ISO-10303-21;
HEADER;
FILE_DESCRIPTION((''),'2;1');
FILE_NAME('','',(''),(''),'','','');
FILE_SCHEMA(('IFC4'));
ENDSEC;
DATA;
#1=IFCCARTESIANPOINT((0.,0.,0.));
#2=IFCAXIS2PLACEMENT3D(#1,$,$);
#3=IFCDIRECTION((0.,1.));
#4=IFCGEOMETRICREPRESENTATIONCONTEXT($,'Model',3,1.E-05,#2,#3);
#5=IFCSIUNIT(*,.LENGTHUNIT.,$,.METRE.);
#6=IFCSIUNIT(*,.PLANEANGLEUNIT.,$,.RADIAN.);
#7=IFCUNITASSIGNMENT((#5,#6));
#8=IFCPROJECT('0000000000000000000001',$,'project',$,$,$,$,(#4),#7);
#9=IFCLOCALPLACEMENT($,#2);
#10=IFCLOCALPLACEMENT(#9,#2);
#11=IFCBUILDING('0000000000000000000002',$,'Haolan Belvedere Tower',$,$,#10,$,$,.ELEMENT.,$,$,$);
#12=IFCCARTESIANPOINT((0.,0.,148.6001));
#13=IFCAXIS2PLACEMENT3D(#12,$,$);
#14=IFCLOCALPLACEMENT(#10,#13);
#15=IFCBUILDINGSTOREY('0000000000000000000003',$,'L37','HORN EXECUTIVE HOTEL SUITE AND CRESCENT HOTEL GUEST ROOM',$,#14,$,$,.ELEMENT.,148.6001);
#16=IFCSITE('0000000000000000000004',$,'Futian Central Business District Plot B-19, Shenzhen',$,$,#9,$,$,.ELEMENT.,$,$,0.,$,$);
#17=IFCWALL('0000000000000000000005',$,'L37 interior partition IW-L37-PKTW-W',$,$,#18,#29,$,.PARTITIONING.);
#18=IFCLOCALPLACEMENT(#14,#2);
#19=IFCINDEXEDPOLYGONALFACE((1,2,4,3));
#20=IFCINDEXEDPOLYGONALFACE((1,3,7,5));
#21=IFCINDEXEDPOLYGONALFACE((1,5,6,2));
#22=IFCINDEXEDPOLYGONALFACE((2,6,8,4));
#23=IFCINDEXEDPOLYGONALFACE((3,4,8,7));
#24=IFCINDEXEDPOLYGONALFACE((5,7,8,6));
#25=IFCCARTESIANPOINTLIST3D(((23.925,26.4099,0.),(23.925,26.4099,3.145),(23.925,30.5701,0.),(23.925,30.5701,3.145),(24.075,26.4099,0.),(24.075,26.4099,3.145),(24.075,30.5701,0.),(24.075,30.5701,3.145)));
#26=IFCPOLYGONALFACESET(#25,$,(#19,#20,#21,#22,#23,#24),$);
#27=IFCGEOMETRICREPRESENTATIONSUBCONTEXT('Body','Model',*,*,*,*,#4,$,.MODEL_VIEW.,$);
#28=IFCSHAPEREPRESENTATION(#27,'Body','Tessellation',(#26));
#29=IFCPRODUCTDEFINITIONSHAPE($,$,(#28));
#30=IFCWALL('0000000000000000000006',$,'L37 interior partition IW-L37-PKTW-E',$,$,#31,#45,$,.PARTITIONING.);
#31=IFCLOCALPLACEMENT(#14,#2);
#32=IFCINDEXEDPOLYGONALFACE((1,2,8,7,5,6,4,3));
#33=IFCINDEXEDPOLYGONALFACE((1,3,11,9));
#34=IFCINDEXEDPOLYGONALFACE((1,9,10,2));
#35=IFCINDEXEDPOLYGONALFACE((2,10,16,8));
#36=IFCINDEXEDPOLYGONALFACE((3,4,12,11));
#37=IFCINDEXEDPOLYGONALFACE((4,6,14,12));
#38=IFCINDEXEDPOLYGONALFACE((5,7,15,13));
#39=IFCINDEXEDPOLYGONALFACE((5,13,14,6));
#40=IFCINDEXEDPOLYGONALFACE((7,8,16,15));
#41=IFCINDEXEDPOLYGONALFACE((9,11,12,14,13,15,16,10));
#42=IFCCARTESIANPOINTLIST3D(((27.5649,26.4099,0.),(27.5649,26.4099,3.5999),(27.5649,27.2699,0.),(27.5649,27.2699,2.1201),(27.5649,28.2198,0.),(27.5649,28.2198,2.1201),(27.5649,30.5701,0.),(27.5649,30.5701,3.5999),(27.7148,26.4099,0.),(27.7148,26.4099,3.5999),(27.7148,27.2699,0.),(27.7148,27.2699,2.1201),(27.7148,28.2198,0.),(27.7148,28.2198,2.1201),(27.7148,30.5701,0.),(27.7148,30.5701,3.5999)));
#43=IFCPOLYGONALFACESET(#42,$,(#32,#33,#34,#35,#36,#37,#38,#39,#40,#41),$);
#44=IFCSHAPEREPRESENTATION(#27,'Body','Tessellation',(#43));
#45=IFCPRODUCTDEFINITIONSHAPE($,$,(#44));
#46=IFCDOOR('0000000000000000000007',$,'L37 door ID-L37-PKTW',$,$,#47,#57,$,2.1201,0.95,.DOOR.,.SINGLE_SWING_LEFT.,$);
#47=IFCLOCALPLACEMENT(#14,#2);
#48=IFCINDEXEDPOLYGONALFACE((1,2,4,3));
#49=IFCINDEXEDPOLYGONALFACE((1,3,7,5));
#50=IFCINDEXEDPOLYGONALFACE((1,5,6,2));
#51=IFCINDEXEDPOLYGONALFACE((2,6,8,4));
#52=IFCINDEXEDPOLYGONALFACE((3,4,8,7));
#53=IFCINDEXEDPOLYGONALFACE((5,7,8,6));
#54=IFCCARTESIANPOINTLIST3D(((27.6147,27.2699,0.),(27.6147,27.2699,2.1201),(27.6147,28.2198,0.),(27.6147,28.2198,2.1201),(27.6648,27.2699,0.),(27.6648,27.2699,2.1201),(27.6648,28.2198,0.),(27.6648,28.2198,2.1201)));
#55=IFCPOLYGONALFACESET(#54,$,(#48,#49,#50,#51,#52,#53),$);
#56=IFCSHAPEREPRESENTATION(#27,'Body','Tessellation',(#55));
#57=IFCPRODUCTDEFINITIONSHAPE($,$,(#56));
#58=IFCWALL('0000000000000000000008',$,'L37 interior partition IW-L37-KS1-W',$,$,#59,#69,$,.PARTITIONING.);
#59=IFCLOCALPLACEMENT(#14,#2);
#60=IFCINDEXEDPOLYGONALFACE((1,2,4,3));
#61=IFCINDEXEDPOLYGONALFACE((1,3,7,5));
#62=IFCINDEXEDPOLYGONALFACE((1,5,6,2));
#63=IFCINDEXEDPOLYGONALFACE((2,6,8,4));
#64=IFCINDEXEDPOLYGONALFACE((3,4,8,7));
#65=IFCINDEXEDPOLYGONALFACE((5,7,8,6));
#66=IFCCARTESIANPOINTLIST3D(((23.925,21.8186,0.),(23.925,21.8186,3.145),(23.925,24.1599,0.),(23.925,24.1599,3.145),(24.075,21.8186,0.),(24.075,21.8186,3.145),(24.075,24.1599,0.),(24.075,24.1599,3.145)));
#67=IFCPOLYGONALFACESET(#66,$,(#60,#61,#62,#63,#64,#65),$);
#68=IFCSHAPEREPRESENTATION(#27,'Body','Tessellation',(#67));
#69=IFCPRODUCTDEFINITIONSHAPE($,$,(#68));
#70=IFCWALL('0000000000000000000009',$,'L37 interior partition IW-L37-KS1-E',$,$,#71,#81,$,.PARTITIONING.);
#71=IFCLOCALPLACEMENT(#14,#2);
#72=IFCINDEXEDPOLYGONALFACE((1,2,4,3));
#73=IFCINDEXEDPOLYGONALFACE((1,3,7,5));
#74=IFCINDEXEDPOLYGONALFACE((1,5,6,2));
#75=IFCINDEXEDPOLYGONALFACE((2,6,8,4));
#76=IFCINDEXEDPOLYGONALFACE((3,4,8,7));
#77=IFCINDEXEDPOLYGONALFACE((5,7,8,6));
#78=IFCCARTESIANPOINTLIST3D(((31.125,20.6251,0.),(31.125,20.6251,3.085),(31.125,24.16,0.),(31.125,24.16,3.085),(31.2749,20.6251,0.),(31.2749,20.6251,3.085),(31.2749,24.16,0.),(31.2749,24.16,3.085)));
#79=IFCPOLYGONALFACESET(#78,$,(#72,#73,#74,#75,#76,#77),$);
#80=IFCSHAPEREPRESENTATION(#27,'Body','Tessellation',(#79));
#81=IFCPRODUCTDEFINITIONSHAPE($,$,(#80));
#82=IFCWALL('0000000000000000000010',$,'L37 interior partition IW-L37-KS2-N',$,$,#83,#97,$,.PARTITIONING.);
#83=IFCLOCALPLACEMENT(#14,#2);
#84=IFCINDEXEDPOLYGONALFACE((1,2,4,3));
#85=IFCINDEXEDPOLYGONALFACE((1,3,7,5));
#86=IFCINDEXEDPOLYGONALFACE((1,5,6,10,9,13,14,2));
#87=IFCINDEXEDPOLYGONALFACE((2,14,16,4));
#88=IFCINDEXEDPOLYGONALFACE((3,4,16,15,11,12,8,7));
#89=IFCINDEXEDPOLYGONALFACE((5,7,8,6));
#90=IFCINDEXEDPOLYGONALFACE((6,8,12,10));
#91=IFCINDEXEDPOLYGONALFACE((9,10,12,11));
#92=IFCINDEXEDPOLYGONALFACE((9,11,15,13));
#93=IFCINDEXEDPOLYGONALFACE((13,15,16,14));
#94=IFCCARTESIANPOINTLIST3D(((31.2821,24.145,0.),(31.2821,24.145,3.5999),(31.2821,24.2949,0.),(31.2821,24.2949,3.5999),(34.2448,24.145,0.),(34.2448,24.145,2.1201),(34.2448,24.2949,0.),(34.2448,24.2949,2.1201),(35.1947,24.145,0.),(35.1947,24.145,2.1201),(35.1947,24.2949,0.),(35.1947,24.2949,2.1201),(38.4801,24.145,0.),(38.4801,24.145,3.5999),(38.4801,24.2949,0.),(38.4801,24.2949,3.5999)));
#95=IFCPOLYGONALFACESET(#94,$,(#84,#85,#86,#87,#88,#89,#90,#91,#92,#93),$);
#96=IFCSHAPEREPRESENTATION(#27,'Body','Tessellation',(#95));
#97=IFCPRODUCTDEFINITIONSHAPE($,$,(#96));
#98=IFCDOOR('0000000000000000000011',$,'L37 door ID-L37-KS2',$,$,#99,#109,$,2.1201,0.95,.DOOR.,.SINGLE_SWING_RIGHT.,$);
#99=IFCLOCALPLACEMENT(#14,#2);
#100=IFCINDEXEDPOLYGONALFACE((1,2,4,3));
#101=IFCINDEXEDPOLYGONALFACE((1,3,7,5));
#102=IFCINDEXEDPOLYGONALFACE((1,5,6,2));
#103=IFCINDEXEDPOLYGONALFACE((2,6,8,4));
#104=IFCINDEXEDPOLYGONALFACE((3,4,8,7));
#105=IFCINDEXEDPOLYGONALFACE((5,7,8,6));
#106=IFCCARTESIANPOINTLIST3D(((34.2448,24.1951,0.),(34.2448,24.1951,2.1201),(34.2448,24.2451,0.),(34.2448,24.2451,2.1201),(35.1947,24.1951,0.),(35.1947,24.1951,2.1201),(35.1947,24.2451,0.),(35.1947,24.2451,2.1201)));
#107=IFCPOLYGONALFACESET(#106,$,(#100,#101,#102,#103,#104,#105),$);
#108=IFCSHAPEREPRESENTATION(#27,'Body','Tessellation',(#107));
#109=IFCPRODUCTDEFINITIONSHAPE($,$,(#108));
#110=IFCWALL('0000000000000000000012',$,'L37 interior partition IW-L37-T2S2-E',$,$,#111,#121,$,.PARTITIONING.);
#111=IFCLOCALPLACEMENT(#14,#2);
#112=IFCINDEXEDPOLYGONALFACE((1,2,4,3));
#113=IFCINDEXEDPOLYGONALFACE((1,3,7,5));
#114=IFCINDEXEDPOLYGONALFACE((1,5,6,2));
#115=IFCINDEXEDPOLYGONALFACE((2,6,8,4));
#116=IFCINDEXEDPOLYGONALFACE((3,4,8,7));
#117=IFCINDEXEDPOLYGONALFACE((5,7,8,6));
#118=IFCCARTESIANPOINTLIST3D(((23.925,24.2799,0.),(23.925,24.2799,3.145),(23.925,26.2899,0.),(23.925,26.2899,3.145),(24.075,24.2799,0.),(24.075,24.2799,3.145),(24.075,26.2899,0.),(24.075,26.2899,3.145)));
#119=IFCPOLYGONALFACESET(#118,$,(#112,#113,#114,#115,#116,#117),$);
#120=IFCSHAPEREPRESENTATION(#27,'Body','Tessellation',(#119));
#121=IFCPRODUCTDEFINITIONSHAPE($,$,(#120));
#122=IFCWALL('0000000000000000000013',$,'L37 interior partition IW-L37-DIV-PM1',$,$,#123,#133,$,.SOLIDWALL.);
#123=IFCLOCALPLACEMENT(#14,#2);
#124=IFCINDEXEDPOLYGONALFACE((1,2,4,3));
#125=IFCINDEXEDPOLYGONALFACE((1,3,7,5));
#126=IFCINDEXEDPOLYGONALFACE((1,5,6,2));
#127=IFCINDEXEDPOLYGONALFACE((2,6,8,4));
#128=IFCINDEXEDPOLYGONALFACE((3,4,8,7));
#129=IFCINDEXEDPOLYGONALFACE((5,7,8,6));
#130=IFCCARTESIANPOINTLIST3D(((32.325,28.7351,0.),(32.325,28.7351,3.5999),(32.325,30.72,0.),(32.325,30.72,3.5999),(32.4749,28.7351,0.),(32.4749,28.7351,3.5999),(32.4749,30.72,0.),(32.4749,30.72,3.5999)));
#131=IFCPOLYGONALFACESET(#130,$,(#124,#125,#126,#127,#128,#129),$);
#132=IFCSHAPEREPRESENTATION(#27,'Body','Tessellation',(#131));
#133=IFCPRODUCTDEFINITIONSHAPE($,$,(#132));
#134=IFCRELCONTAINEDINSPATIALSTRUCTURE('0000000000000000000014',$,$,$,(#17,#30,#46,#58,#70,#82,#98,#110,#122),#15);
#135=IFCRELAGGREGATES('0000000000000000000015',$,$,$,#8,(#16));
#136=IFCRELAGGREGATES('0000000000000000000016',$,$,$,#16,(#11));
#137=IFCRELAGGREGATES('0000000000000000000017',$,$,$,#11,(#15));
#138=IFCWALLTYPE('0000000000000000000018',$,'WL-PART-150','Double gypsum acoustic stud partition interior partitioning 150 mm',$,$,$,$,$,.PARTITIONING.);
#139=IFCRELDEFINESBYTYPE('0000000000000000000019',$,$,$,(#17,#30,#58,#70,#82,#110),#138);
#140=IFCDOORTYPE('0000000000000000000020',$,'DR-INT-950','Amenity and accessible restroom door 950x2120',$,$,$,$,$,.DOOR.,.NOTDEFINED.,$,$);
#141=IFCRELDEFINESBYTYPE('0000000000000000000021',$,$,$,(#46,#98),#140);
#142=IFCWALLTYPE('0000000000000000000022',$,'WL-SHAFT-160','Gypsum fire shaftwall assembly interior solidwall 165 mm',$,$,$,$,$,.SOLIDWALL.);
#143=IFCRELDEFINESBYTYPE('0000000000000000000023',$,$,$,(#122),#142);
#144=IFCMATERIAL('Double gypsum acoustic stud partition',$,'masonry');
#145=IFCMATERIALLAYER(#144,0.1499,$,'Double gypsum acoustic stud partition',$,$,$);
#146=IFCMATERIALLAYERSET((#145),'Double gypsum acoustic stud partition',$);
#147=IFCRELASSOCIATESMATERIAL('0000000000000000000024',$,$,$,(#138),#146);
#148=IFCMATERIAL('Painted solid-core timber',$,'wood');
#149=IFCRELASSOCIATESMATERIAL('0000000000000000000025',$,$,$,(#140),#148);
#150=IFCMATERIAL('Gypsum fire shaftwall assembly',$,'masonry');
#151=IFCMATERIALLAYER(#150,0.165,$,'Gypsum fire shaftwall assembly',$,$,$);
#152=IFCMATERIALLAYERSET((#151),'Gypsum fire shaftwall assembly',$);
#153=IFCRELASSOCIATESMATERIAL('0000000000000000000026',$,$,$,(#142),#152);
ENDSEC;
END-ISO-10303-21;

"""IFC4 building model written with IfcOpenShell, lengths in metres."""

from ifc_helpers import new_model, si_unit, direction, frame, frame_2d, origin, place, context, subcontext, project, spatial, rectangle, extrude, material, layer, layer_set, type_object, element, fill, save


model = new_model("IFC4")

# Units and contexts
model_context = context("Model", 3, precision=1e-05, world=origin(), true_north=direction((0.0, 1.0)))
body_context = subcontext(model_context, "Body", "Model", "MODEL_VIEW")
ifc_project = project(units=[si_unit("LENGTHUNIT", "METRE"), si_unit("PLANEANGLEUNIT", "RADIAN")], contexts=[model_context])

# Site, building, storey
site_placement = place(None, origin())
site = spatial("IfcSite", under=ifc_project, at=site_placement, Name="Futian Central Business District Plot B-19, Shenzhen", CompositionType="ELEMENT", RefElevation=0.0)
building_placement = place(site_placement, origin())
building = spatial("IfcBuilding", under=site, at=building_placement, Name="Haolan Belvedere Tower", CompositionType="ELEMENT")
storey_placement = place(building_placement, frame((0.0, 0.0, 148.6001)))
storey = spatial("IfcBuildingStorey", under=building, at=storey_placement, Name="L37", Description="HORN EXECUTIVE HOTEL SUITE AND CRESCENT HOTEL GUEST ROOM", CompositionType="ELEMENT", Elevation=148.6001)

# Wall
ifc_material_1 = material(Name="Double gypsum acoustic stud partition", Category="masonry")
ifc_layer_1 = layer(ifc_material_1, 0.1499, Name="Double gypsum acoustic stud partition")
ifc_layer_set_1 = layer_set([ifc_layer_1], Name="Double gypsum acoustic stud partition")
wall_type_1 = type_object("IfcWallType", Name="WL-PART-150", Description="Double gypsum acoustic stud partition interior partitioning 150 mm", PredefinedType="PARTITIONING", material=ifc_layer_set_1)
wall_1_placement = place(storey_placement, frame((24.0, 26.4099, 0.0), z_axis=(0.0, 0.0, 1.0), x_axis=(0.0, 1.0, 0.0)))
element("IfcWall", 1, at=wall_1_placement, inside=storey, type_object=wall_type_1, Name="L37 interior partition IW-L37-PKTW-W", PredefinedType="PARTITIONING", context=body_context, shape_type="SweptSolid", body=[
    extrude(rectangle(XDim=4.1602, YDim=0.1499, at=frame_2d((2.0801, 0.0))), origin(), (0.0, 0.0, 1.0), 3.145),
])

# Wall, opening, door
wall_2_placement = place(storey_placement, frame((27.6399, 26.4099, 0.0), z_axis=(0.0, 0.0, 1.0), x_axis=(0.0, 1.0, 0.0)))
wall_2 = element("IfcWall", 2, at=wall_2_placement, inside=storey, type_object=wall_type_1, Name="L37 interior partition IW-L37-PKTW-E", PredefinedType="PARTITIONING", context=body_context, shape_type="SweptSolid", body=[
    extrude(rectangle(XDim=4.1602, YDim=0.1499, at=frame_2d((2.0801, 0.0))), origin(), (0.0, 0.0, 1.0), 3.5999),
])
opening_1_placement = place(wall_2_placement, frame((1.8101, 0.0, 0.0), z_axis=(0.0, 0.0, 1.0), x_axis=(-1.0, 0.0, 0.0)))
opening_1 = element("IfcOpeningElement", 3, at=opening_1_placement, cuts=wall_2, PredefinedType="OPENING", context=body_context, shape_type="SweptSolid", body=[
    extrude(rectangle(XDim=0.95, YDim=2.1201, at=frame_2d((0.4751, 1.0601))), frame((0.0, 0.085, 0.0), z_axis=(0.0, -1.0, 0.0), x_axis=(1.0, 0.0, 0.0)), (0.0, 0.0, 1.0), 0.1699),
])
ifc_material_2 = material(Name="Painted solid-core timber", Category="wood")
door_type_1 = type_object("IfcDoorType", Name="DR-INT-950", Description="Amenity and accessible restroom door 950x2120", OperationType="NOTDEFINED", PredefinedType="DOOR", material=ifc_material_2)
door_1_placement = place(opening_1_placement, origin())
door_1 = element("IfcDoor", 4, at=door_1_placement, inside=storey, type_object=door_type_1, Name="L37 door ID-L37-PKTW", OperationType="SINGLE_SWING_LEFT", OverallHeight=2.1201, OverallWidth=0.95, PredefinedType="DOOR", context=body_context, shape_type="SweptSolid", body=[
    extrude(rectangle(XDim=0.95, YDim=2.1201, at=frame_2d((0.4751, 1.0601))), frame((0.0, 0.0249, 0.0), z_axis=(0.0, -1.0, 0.0), x_axis=(1.0, 0.0, 0.0)), (0.0, 0.0, 1.0), 0.05),
])
fill(opening_1, door_1)

# Walls
wall_3_placement = place(storey_placement, frame((24.0, 21.8186, 0.0), z_axis=(0.0, 0.0, 1.0), x_axis=(0.0, 1.0, 0.0)))
element("IfcWall", 5, at=wall_3_placement, inside=storey, type_object=wall_type_1, Name="L37 interior partition IW-L37-KS1-W", PredefinedType="PARTITIONING", context=body_context, shape_type="SweptSolid", body=[
    extrude(rectangle(XDim=2.3413, YDim=0.1499, at=frame_2d((1.1707, 0.0))), origin(), (0.0, 0.0, 1.0), 3.145),
])
wall_4_placement = place(storey_placement, frame((31.2, 20.625, 0.0), z_axis=(0.0, 0.0, 1.0), x_axis=(0.0, 1.0, 0.0)))
element("IfcWall", 6, at=wall_4_placement, inside=storey, type_object=wall_type_1, Name="L37 interior partition IW-L37-KS1-E", PredefinedType="PARTITIONING", context=body_context, shape_type="SweptSolid", body=[
    extrude(rectangle(XDim=3.5349, YDim=0.1499, at=frame_2d((1.7676, 0.0))), origin(), (0.0, 0.0, 1.0), 3.085),
])

# Wall, opening, door
wall_5_placement = place(storey_placement, frame((31.282, 24.22, 0.0), z_axis=(0.0, 0.0, 1.0), x_axis=(1.0, 0.0, 0.0)))
wall_5 = element("IfcWall", 7, at=wall_5_placement, inside=storey, type_object=wall_type_1, Name="L37 interior partition IW-L37-KS2-N", PredefinedType="PARTITIONING", context=body_context, shape_type="SweptSolid", body=[
    extrude(rectangle(XDim=7.198, YDim=0.1499, at=frame_2d((3.5991, 0.0))), origin(), (0.0, 0.0, 1.0), 3.5999),
])
opening_2_placement = place(wall_5_placement, frame((3.9128, 0.0, 0.0), z_axis=(0.0, 0.0, 1.0), x_axis=(-1.0, 0.0, 0.0)))
opening_2 = element("IfcOpeningElement", 8, at=opening_2_placement, cuts=wall_5, PredefinedType="OPENING", context=body_context, shape_type="SweptSolid", body=[
    extrude(rectangle(XDim=0.95, YDim=2.1201, at=frame_2d((0.4751, 1.0601))), frame((0.0, 0.085, 0.0), z_axis=(0.0, -1.0, 0.0), x_axis=(1.0, 0.0, 0.0)), (0.0, 0.0, 1.0), 0.1699),
])
door_2_placement = place(opening_2_placement, origin())
door_2 = element("IfcDoor", 9, at=door_2_placement, inside=storey, type_object=door_type_1, Name="L37 door ID-L37-KS2", OperationType="SINGLE_SWING_RIGHT", OverallHeight=2.1201, OverallWidth=0.95, PredefinedType="DOOR", context=body_context, shape_type="SweptSolid", body=[
    extrude(rectangle(XDim=0.95, YDim=2.1201, at=frame_2d((0.4751, 1.0601))), frame((0.0, 0.0249, 0.0), z_axis=(0.0, -1.0, 0.0), x_axis=(1.0, 0.0, 0.0)), (0.0, 0.0, 1.0), 0.05),
])
fill(opening_2, door_2)

# Walls
wall_6_placement = place(storey_placement, frame((24.0, 24.28, 0.0), z_axis=(0.0, 0.0, 1.0), x_axis=(0.0, 1.0, 0.0)))
element("IfcWall", 10, at=wall_6_placement, inside=storey, type_object=wall_type_1, Name="L37 interior partition IW-L37-T2S2-E", PredefinedType="PARTITIONING", context=body_context, shape_type="SweptSolid", body=[
    extrude(rectangle(XDim=2.01, YDim=0.1499, at=frame_2d((1.0049, 0.0))), origin(), (0.0, 0.0, 1.0), 3.145),
])
ifc_material_3 = material(Name="Gypsum fire shaftwall assembly", Category="masonry")
ifc_layer_2 = layer(ifc_material_3, 0.165, Name="Gypsum fire shaftwall assembly")
ifc_layer_set_2 = layer_set([ifc_layer_2], Name="Gypsum fire shaftwall assembly")
wall_type_2 = type_object("IfcWallType", Name="WL-SHAFT-160", Description="Gypsum fire shaftwall assembly interior solidwall 165 mm", PredefinedType="SOLIDWALL", material=ifc_layer_set_2)
wall_7_placement = place(storey_placement, frame((32.3999, 28.7351, 0.0), z_axis=(0.0, 0.0, 1.0), x_axis=(0.0, 1.0, 0.0)))
element("IfcWall", 11, at=wall_7_placement, inside=storey, type_object=wall_type_2, Name="L37 interior partition IW-L37-DIV-PM1", PredefinedType="SOLIDWALL", context=body_context, shape_type="SweptSolid", body=[
    extrude(rectangle(XDim=1.9849, YDim=0.1499, at=frame_2d((0.9924, 0.0))), origin(), (0.0, 0.0, 1.0), 3.5999),
])

save(model, "model.ifc")
